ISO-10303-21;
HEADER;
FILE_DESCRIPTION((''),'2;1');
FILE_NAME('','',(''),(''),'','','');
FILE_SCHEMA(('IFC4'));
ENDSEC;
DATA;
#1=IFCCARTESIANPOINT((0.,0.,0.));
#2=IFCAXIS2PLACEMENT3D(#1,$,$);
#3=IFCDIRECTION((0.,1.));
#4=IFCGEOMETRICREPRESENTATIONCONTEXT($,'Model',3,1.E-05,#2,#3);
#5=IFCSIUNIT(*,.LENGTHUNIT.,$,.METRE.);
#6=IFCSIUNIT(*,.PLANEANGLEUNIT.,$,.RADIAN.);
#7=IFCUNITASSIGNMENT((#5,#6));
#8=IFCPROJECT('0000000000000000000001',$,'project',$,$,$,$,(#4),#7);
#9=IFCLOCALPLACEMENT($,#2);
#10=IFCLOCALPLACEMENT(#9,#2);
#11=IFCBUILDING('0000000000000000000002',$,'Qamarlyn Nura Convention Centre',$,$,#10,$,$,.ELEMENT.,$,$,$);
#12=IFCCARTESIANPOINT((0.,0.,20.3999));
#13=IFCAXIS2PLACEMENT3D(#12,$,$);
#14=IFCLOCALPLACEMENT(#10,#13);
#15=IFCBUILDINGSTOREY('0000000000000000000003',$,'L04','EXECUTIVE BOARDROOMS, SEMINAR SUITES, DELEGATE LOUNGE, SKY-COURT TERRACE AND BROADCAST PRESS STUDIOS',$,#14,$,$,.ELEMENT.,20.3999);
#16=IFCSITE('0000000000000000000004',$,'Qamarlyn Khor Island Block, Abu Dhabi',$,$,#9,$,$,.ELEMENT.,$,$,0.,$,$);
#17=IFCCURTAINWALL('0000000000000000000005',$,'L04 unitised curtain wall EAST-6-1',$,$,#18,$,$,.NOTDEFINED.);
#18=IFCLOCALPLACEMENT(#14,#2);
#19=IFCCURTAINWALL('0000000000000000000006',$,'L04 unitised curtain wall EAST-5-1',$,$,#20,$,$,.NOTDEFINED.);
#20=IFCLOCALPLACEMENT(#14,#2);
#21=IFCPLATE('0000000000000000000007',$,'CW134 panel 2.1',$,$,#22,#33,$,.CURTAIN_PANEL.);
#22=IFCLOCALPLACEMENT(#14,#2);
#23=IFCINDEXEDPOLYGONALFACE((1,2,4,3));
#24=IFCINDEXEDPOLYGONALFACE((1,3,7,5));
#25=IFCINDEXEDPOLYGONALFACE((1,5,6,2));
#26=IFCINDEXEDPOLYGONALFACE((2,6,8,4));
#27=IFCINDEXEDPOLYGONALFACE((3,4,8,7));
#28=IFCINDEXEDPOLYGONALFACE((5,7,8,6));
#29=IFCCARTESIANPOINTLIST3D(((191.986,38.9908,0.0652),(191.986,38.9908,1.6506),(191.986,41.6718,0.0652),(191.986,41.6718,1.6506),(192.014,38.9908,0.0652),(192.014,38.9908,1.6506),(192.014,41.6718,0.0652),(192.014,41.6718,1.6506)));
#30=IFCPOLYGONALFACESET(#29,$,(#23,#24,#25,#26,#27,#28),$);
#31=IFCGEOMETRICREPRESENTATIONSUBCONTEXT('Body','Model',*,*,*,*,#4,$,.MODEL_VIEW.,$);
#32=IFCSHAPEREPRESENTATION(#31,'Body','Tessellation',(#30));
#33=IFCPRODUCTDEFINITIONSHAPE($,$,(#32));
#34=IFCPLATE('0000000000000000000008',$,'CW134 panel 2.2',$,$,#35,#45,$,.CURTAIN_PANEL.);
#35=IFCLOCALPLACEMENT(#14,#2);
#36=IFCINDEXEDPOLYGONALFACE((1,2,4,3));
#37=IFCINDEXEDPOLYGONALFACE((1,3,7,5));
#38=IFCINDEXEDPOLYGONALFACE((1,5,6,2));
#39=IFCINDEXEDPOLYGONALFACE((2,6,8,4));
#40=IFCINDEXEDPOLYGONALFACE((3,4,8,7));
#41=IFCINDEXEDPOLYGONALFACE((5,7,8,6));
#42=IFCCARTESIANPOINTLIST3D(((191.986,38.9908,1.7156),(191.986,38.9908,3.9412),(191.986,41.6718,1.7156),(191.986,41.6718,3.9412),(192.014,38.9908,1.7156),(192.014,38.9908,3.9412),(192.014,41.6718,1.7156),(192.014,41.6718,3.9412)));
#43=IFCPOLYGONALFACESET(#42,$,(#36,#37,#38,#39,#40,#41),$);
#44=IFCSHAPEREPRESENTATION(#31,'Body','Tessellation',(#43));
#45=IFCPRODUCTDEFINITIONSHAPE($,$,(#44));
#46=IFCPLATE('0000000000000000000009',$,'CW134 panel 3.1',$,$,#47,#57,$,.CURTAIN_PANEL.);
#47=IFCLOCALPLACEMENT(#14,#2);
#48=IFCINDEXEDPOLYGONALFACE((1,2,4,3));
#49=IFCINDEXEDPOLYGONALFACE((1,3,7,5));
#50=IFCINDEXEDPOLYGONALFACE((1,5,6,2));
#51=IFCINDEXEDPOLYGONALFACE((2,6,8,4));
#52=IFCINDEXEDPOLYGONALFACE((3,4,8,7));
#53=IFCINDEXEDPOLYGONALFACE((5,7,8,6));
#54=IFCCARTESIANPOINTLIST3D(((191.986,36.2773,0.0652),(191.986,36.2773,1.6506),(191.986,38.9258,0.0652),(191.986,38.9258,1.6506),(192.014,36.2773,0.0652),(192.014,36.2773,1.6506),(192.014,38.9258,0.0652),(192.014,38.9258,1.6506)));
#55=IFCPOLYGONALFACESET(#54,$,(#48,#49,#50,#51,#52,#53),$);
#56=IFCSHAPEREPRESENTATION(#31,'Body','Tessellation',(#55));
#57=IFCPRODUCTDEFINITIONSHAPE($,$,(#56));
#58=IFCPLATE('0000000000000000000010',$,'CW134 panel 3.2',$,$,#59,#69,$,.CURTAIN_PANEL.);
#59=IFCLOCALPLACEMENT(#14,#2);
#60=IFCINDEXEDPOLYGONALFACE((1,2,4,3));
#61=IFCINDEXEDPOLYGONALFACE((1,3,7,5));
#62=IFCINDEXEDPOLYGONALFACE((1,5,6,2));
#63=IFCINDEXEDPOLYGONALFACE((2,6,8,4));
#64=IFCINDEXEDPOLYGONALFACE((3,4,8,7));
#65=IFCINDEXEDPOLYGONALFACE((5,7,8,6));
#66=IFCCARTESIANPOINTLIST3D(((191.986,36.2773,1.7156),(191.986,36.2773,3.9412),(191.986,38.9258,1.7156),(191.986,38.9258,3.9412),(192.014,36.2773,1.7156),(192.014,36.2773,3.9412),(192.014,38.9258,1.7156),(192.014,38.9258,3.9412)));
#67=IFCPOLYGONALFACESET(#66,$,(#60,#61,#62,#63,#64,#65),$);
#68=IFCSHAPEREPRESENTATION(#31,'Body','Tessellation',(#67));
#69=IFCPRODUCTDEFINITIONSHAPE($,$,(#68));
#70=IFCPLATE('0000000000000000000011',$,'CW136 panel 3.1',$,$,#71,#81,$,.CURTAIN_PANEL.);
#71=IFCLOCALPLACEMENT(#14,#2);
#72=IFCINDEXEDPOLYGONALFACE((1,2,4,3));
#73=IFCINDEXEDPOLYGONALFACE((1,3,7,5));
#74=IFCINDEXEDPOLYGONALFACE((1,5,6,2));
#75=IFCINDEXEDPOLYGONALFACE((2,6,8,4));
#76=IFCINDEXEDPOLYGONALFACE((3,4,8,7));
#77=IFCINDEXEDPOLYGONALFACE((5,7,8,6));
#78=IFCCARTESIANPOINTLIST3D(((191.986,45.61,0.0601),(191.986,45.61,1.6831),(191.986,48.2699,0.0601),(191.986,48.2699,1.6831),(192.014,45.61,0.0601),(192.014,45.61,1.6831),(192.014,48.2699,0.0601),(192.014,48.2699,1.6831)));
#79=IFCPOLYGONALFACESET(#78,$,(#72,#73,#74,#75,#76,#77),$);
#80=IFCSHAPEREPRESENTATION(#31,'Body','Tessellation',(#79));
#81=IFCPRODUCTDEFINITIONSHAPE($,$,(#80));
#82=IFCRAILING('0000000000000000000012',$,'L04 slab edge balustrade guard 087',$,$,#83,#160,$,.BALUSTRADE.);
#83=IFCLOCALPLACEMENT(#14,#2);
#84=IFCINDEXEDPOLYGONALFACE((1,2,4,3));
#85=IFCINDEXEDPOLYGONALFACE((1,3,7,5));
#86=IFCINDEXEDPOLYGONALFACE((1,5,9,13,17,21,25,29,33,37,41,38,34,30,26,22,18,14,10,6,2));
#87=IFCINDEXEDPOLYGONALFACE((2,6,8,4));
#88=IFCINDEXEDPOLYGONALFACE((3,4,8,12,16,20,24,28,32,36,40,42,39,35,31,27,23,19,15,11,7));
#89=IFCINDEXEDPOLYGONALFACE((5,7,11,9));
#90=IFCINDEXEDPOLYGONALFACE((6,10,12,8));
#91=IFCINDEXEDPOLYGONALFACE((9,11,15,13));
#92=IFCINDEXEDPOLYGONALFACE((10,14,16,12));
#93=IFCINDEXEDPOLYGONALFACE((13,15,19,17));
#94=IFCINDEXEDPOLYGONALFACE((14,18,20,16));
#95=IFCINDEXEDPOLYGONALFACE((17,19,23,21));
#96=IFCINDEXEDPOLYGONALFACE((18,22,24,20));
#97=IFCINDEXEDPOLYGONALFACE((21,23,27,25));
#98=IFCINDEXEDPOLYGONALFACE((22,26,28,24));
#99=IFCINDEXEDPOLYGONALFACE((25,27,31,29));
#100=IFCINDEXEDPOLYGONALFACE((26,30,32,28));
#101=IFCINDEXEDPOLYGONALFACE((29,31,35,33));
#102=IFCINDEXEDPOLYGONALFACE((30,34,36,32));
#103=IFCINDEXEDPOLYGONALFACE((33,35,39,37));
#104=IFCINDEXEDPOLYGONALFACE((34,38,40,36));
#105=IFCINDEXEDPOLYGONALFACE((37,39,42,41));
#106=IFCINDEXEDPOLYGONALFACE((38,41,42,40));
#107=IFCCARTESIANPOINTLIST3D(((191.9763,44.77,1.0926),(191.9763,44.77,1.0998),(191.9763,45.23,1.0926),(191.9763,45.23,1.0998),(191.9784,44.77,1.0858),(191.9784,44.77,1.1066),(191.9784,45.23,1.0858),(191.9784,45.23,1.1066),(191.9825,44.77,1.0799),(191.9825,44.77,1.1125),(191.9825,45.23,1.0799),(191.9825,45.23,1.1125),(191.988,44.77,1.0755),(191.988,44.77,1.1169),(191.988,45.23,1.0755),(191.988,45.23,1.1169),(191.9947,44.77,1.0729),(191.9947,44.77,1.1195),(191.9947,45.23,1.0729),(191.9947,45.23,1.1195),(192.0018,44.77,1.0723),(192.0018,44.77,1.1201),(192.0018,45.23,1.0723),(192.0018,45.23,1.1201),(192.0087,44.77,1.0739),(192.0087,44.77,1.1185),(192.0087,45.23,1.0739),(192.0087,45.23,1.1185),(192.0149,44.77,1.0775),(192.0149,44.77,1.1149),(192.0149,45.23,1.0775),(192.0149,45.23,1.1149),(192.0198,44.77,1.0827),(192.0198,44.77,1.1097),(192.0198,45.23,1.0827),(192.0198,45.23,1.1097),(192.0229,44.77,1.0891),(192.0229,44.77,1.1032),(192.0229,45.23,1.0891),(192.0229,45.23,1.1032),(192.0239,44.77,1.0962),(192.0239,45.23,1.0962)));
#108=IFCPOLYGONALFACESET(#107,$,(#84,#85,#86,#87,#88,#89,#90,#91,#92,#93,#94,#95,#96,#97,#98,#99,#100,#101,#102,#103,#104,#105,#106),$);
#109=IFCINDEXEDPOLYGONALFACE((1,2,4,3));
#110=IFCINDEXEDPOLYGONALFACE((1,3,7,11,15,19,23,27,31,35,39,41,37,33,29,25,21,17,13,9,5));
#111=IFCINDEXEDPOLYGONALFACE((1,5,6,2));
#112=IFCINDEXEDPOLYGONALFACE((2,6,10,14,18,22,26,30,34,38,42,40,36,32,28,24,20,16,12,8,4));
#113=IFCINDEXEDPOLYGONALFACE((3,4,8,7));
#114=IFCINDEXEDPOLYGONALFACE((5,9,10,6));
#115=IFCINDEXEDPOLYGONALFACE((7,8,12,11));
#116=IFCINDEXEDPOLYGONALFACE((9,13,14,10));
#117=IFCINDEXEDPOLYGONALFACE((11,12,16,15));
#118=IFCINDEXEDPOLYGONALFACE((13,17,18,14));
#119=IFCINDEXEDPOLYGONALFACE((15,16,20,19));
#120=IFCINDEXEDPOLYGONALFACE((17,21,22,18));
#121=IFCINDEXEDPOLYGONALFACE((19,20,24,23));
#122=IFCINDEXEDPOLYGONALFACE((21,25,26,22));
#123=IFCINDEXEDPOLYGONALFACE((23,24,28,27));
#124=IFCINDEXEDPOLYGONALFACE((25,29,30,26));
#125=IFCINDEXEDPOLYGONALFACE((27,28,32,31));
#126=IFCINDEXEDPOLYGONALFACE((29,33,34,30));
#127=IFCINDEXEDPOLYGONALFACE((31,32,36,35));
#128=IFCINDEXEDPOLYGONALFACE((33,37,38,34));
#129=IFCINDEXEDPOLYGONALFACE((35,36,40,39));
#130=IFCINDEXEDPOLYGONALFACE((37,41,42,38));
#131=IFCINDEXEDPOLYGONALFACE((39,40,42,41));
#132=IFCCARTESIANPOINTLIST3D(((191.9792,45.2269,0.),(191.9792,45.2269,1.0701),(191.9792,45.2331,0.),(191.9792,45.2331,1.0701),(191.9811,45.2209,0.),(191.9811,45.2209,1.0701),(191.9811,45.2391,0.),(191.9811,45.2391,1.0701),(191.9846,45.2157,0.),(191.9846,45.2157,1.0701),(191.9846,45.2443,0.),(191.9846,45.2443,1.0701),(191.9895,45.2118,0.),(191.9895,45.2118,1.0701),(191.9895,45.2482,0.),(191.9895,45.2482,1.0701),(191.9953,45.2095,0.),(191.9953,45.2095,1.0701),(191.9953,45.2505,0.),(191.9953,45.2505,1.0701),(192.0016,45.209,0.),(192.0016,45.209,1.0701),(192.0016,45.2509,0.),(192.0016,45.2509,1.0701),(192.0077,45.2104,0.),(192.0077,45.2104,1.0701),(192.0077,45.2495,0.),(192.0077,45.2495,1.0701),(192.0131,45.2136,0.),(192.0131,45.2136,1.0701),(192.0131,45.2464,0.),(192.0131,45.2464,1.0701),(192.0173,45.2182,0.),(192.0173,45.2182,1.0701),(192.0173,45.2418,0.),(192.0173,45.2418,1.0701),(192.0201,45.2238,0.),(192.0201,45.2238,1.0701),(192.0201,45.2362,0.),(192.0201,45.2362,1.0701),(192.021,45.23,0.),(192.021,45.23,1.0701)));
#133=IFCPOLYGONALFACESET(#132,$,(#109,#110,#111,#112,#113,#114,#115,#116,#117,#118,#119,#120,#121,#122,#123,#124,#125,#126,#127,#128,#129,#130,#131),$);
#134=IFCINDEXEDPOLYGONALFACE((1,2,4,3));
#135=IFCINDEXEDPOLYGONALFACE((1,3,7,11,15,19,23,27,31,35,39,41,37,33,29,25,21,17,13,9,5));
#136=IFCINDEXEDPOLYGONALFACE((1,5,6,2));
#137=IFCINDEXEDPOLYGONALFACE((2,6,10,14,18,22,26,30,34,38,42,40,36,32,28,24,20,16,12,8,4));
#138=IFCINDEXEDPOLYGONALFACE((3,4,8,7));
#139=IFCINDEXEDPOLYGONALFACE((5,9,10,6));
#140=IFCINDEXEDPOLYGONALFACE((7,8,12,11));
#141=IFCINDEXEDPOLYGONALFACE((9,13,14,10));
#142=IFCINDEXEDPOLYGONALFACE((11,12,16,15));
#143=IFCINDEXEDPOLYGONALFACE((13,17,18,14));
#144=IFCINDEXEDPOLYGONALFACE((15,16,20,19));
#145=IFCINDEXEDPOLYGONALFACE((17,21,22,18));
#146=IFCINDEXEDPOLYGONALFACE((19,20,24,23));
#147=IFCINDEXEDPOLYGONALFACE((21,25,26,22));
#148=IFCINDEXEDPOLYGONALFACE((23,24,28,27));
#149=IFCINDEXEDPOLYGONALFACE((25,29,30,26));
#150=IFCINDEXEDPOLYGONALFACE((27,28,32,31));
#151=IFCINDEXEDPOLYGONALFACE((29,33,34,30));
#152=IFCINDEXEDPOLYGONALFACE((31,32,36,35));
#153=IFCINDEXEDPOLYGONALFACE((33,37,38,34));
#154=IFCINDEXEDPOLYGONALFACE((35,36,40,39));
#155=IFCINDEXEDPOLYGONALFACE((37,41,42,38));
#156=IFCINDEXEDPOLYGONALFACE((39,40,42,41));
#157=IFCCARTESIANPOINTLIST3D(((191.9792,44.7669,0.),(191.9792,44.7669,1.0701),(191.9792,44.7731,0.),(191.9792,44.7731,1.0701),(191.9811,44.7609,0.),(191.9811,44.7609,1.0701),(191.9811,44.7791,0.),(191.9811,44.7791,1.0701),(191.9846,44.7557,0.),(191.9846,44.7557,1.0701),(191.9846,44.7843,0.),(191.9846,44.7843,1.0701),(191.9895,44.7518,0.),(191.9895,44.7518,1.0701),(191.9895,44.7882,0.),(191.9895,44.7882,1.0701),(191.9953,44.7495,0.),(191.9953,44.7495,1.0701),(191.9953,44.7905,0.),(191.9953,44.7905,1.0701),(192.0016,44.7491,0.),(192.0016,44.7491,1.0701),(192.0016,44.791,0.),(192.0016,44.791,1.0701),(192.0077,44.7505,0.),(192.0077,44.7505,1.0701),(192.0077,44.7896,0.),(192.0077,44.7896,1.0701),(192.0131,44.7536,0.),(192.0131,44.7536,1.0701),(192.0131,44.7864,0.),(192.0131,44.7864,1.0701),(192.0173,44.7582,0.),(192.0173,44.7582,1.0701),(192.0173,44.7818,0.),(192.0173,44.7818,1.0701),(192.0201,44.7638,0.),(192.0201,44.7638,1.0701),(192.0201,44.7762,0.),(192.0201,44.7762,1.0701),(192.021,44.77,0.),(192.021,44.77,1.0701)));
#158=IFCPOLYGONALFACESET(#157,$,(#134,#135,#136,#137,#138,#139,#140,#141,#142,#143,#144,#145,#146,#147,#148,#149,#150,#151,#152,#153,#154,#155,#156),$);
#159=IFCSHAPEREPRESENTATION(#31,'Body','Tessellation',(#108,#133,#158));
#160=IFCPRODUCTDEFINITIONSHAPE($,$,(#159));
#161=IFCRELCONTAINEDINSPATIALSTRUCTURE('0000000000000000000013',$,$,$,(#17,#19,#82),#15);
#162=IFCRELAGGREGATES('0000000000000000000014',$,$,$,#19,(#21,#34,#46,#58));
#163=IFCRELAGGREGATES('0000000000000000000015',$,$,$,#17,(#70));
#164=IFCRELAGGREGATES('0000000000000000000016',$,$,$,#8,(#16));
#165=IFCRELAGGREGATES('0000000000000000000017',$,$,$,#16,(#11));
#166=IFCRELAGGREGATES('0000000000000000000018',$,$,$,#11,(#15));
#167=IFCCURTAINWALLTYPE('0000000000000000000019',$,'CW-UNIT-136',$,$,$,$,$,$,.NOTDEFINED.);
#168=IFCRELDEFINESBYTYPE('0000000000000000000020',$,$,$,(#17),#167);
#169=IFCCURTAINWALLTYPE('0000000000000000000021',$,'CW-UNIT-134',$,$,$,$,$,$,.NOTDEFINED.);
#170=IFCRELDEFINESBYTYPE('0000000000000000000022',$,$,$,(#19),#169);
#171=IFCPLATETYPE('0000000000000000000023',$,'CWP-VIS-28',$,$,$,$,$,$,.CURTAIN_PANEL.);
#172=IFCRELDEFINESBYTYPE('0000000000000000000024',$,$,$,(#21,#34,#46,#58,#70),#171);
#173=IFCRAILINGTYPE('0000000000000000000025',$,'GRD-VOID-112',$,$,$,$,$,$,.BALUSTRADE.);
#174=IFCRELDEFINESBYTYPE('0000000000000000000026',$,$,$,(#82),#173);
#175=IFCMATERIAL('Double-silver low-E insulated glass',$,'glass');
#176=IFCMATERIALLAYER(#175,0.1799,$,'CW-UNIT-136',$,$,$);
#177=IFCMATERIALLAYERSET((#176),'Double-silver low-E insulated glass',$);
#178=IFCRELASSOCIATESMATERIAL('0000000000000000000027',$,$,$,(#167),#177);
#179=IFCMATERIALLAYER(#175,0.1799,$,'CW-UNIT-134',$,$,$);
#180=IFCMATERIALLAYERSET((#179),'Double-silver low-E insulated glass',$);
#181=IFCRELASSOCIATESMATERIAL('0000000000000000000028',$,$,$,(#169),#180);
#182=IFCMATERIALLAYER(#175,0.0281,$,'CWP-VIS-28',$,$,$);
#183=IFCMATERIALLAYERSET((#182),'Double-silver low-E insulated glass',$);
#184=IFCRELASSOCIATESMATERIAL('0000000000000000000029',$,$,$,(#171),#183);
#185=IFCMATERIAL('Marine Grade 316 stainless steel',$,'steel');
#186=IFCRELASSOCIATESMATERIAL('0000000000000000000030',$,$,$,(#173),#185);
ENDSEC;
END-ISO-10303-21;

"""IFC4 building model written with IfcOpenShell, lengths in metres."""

from ifc_helpers import new_model, si_unit, direction, frame, origin, origin_2d, place, context, subcontext, project, spatial, rectangle, circle, extrude, material, layer, layer_set, type_object, element, aggregate, save


model = new_model("IFC4")

# Units and contexts
model_context = context("Model", 3, precision=1e-05, world=origin(), true_north=direction((0.0, 1.0)))
body_context = subcontext(model_context, "Body", "Model", "MODEL_VIEW")
ifc_project = project(units=[si_unit("LENGTHUNIT", "METRE"), si_unit("PLANEANGLEUNIT", "RADIAN")], contexts=[model_context])

# Site, building, storey
site_placement = place(None, origin())
site = spatial("IfcSite", under=ifc_project, at=site_placement, Name="Qamarlyn Khor Island Block, Abu Dhabi", CompositionType="ELEMENT", RefElevation=0.0)
building_placement = place(site_placement, origin())
building = spatial("IfcBuilding", under=site, at=building_placement, Name="Qamarlyn Nura Convention Centre", CompositionType="ELEMENT")
storey_placement = place(building_placement, frame((0.0, 0.0, 20.3999)))
storey = spatial("IfcBuildingStorey", under=building, at=storey_placement, Name="L04", Description="EXECUTIVE BOARDROOMS, SEMINAR SUITES, DELEGATE LOUNGE, SKY-COURT TERRACE AND BROADCAST PRESS STUDIOS", CompositionType="ELEMENT", Elevation=20.3999)

# Curtain wall
ifc_material_1 = material(Name="Double-silver low-E insulated glass", Category="glass")
ifc_layer_1 = layer(ifc_material_1, 0.1799, Name="CW-UNIT-136")
ifc_layer_set_1 = layer_set([ifc_layer_1], Name="Double-silver low-E insulated glass")
curtain_wall_type_1 = type_object("IfcCurtainWallType", Name="CW-UNIT-136", PredefinedType="NOTDEFINED", material=ifc_layer_set_1)
curtain_wall_1_placement = place(storey_placement, origin())
curtain_wall_1 = element("IfcCurtainWall", 1, at=curtain_wall_1_placement, inside=storey, type_object=curtain_wall_type_1, Name="L04 unitised curtain wall EAST-6-1", PredefinedType="NOTDEFINED")

# Curtain wall, plates
ifc_layer_2 = layer(ifc_material_1, 0.1799, Name="CW-UNIT-134")
ifc_layer_set_2 = layer_set([ifc_layer_2], Name="Double-silver low-E insulated glass")
curtain_wall_type_2 = type_object("IfcCurtainWallType", Name="CW-UNIT-134", PredefinedType="NOTDEFINED", material=ifc_layer_set_2)
curtain_wall_2_placement = place(storey_placement, origin())
curtain_wall_2 = element("IfcCurtainWall", 2, at=curtain_wall_2_placement, inside=storey, type_object=curtain_wall_type_2, Name="L04 unitised curtain wall EAST-5-1", PredefinedType="NOTDEFINED")
ifc_layer_3 = layer(ifc_material_1, 0.0281, Name="CWP-VIS-28")
ifc_layer_set_3 = layer_set([ifc_layer_3], Name="Double-silver low-E insulated glass")
plate_type = type_object("IfcPlateType", Name="CWP-VIS-28", PredefinedType="CURTAIN_PANEL", material=ifc_layer_set_3)
plate_1_placement = place(storey_placement, frame((192.0, 40.3313, 0.0652), z_axis=(0.0, 0.0, 1.0), x_axis=(0.0, -1.0, 0.0)))
plate_1 = element("IfcPlate", 3, at=plate_1_placement, type_object=plate_type, Name="CW134 panel 2.1", PredefinedType="CURTAIN_PANEL", context=body_context, shape_type="SweptSolid", body=[
    extrude(rectangle(XDim=2.6809, YDim=0.0281, at=origin_2d()), origin(), (0.0, 0.0, 1.0), 1.5854),
])
plate_2_placement = place(storey_placement, frame((192.0, 40.3313, 1.7156), z_axis=(0.0, 0.0, 1.0), x_axis=(0.0, -1.0, 0.0)))
plate_2 = element("IfcPlate", 4, at=plate_2_placement, type_object=plate_type, Name="CW134 panel 2.2", PredefinedType="CURTAIN_PANEL", context=body_context, shape_type="SweptSolid", body=[
    extrude(rectangle(XDim=2.6809, YDim=0.0281, at=origin_2d()), origin(), (0.0, 0.0, 1.0), 2.2256),
])
plate_3_placement = place(storey_placement, frame((192.0, 37.6016, 0.0652), z_axis=(0.0, 0.0, 1.0), x_axis=(0.0, -1.0, 0.0)))
plate_3 = element("IfcPlate", 5, at=plate_3_placement, type_object=plate_type, Name="CW134 panel 3.1", PredefinedType="CURTAIN_PANEL", context=body_context, shape_type="SweptSolid", body=[
    extrude(rectangle(XDim=2.6484, YDim=0.0281, at=origin_2d()), origin(), (0.0, 0.0, 1.0), 1.5854),
])
plate_4_placement = place(storey_placement, frame((192.0, 37.6016, 1.7156), z_axis=(0.0, 0.0, 1.0), x_axis=(0.0, -1.0, 0.0)))
plate_4 = element("IfcPlate", 6, at=plate_4_placement, type_object=plate_type, Name="CW134 panel 3.2", PredefinedType="CURTAIN_PANEL", context=body_context, shape_type="SweptSolid", body=[
    extrude(rectangle(XDim=2.6484, YDim=0.0281, at=origin_2d()), origin(), (0.0, 0.0, 1.0), 2.2256),
])
aggregate(curtain_wall_2, [plate_1, plate_2, plate_3, plate_4])

# Plate
plate_5_placement = place(storey_placement, frame((192.0, 46.9399, 0.0601), z_axis=(0.0, 0.0, 1.0), x_axis=(0.0, -1.0, 0.0)))
plate_5 = element("IfcPlate", 7, at=plate_5_placement, type_object=plate_type, Name="CW136 panel 3.1", PredefinedType="CURTAIN_PANEL", context=body_context, shape_type="SweptSolid", body=[
    extrude(rectangle(XDim=2.6599, YDim=0.0281, at=origin_2d()), origin(), (0.0, 0.0, 1.0), 1.623),
])
aggregate(curtain_wall_1, [plate_5])

# Railing
ifc_material_2 = material(Name="Marine Grade 316 stainless steel", Category="steel")
railing_type = type_object("IfcRailingType", Name="GRD-VOID-112", PredefinedType="BALUSTRADE", material=ifc_material_2)
railing_placement = place(storey_placement, frame((192.0, 45.23, 0.0)))
element("IfcRailing", 8, at=railing_placement, inside=storey, type_object=railing_type, Name="L04 slab edge balustrade guard 087", PredefinedType="BALUSTRADE", context=body_context, shape_type="SweptSolid", body=[
    extrude(circle(Radius=0.0239, at=origin_2d()), frame((0.0, 0.0, 1.0962), z_axis=(0.0, -1.0, 0.0), x_axis=(1.0, 0.0, 0.0)), (0.0, 0.0, 1.0), 0.46),
    extrude(circle(Radius=0.021, at=origin_2d()), origin(), (0.0, 0.0, 1.0), 1.0701),
    extrude(circle(Radius=0.021, at=origin_2d()), frame((0.0, -0.46, 0.0)), (0.0, 0.0, 1.0), 1.0701),
])

save(model, "model.ifc")
